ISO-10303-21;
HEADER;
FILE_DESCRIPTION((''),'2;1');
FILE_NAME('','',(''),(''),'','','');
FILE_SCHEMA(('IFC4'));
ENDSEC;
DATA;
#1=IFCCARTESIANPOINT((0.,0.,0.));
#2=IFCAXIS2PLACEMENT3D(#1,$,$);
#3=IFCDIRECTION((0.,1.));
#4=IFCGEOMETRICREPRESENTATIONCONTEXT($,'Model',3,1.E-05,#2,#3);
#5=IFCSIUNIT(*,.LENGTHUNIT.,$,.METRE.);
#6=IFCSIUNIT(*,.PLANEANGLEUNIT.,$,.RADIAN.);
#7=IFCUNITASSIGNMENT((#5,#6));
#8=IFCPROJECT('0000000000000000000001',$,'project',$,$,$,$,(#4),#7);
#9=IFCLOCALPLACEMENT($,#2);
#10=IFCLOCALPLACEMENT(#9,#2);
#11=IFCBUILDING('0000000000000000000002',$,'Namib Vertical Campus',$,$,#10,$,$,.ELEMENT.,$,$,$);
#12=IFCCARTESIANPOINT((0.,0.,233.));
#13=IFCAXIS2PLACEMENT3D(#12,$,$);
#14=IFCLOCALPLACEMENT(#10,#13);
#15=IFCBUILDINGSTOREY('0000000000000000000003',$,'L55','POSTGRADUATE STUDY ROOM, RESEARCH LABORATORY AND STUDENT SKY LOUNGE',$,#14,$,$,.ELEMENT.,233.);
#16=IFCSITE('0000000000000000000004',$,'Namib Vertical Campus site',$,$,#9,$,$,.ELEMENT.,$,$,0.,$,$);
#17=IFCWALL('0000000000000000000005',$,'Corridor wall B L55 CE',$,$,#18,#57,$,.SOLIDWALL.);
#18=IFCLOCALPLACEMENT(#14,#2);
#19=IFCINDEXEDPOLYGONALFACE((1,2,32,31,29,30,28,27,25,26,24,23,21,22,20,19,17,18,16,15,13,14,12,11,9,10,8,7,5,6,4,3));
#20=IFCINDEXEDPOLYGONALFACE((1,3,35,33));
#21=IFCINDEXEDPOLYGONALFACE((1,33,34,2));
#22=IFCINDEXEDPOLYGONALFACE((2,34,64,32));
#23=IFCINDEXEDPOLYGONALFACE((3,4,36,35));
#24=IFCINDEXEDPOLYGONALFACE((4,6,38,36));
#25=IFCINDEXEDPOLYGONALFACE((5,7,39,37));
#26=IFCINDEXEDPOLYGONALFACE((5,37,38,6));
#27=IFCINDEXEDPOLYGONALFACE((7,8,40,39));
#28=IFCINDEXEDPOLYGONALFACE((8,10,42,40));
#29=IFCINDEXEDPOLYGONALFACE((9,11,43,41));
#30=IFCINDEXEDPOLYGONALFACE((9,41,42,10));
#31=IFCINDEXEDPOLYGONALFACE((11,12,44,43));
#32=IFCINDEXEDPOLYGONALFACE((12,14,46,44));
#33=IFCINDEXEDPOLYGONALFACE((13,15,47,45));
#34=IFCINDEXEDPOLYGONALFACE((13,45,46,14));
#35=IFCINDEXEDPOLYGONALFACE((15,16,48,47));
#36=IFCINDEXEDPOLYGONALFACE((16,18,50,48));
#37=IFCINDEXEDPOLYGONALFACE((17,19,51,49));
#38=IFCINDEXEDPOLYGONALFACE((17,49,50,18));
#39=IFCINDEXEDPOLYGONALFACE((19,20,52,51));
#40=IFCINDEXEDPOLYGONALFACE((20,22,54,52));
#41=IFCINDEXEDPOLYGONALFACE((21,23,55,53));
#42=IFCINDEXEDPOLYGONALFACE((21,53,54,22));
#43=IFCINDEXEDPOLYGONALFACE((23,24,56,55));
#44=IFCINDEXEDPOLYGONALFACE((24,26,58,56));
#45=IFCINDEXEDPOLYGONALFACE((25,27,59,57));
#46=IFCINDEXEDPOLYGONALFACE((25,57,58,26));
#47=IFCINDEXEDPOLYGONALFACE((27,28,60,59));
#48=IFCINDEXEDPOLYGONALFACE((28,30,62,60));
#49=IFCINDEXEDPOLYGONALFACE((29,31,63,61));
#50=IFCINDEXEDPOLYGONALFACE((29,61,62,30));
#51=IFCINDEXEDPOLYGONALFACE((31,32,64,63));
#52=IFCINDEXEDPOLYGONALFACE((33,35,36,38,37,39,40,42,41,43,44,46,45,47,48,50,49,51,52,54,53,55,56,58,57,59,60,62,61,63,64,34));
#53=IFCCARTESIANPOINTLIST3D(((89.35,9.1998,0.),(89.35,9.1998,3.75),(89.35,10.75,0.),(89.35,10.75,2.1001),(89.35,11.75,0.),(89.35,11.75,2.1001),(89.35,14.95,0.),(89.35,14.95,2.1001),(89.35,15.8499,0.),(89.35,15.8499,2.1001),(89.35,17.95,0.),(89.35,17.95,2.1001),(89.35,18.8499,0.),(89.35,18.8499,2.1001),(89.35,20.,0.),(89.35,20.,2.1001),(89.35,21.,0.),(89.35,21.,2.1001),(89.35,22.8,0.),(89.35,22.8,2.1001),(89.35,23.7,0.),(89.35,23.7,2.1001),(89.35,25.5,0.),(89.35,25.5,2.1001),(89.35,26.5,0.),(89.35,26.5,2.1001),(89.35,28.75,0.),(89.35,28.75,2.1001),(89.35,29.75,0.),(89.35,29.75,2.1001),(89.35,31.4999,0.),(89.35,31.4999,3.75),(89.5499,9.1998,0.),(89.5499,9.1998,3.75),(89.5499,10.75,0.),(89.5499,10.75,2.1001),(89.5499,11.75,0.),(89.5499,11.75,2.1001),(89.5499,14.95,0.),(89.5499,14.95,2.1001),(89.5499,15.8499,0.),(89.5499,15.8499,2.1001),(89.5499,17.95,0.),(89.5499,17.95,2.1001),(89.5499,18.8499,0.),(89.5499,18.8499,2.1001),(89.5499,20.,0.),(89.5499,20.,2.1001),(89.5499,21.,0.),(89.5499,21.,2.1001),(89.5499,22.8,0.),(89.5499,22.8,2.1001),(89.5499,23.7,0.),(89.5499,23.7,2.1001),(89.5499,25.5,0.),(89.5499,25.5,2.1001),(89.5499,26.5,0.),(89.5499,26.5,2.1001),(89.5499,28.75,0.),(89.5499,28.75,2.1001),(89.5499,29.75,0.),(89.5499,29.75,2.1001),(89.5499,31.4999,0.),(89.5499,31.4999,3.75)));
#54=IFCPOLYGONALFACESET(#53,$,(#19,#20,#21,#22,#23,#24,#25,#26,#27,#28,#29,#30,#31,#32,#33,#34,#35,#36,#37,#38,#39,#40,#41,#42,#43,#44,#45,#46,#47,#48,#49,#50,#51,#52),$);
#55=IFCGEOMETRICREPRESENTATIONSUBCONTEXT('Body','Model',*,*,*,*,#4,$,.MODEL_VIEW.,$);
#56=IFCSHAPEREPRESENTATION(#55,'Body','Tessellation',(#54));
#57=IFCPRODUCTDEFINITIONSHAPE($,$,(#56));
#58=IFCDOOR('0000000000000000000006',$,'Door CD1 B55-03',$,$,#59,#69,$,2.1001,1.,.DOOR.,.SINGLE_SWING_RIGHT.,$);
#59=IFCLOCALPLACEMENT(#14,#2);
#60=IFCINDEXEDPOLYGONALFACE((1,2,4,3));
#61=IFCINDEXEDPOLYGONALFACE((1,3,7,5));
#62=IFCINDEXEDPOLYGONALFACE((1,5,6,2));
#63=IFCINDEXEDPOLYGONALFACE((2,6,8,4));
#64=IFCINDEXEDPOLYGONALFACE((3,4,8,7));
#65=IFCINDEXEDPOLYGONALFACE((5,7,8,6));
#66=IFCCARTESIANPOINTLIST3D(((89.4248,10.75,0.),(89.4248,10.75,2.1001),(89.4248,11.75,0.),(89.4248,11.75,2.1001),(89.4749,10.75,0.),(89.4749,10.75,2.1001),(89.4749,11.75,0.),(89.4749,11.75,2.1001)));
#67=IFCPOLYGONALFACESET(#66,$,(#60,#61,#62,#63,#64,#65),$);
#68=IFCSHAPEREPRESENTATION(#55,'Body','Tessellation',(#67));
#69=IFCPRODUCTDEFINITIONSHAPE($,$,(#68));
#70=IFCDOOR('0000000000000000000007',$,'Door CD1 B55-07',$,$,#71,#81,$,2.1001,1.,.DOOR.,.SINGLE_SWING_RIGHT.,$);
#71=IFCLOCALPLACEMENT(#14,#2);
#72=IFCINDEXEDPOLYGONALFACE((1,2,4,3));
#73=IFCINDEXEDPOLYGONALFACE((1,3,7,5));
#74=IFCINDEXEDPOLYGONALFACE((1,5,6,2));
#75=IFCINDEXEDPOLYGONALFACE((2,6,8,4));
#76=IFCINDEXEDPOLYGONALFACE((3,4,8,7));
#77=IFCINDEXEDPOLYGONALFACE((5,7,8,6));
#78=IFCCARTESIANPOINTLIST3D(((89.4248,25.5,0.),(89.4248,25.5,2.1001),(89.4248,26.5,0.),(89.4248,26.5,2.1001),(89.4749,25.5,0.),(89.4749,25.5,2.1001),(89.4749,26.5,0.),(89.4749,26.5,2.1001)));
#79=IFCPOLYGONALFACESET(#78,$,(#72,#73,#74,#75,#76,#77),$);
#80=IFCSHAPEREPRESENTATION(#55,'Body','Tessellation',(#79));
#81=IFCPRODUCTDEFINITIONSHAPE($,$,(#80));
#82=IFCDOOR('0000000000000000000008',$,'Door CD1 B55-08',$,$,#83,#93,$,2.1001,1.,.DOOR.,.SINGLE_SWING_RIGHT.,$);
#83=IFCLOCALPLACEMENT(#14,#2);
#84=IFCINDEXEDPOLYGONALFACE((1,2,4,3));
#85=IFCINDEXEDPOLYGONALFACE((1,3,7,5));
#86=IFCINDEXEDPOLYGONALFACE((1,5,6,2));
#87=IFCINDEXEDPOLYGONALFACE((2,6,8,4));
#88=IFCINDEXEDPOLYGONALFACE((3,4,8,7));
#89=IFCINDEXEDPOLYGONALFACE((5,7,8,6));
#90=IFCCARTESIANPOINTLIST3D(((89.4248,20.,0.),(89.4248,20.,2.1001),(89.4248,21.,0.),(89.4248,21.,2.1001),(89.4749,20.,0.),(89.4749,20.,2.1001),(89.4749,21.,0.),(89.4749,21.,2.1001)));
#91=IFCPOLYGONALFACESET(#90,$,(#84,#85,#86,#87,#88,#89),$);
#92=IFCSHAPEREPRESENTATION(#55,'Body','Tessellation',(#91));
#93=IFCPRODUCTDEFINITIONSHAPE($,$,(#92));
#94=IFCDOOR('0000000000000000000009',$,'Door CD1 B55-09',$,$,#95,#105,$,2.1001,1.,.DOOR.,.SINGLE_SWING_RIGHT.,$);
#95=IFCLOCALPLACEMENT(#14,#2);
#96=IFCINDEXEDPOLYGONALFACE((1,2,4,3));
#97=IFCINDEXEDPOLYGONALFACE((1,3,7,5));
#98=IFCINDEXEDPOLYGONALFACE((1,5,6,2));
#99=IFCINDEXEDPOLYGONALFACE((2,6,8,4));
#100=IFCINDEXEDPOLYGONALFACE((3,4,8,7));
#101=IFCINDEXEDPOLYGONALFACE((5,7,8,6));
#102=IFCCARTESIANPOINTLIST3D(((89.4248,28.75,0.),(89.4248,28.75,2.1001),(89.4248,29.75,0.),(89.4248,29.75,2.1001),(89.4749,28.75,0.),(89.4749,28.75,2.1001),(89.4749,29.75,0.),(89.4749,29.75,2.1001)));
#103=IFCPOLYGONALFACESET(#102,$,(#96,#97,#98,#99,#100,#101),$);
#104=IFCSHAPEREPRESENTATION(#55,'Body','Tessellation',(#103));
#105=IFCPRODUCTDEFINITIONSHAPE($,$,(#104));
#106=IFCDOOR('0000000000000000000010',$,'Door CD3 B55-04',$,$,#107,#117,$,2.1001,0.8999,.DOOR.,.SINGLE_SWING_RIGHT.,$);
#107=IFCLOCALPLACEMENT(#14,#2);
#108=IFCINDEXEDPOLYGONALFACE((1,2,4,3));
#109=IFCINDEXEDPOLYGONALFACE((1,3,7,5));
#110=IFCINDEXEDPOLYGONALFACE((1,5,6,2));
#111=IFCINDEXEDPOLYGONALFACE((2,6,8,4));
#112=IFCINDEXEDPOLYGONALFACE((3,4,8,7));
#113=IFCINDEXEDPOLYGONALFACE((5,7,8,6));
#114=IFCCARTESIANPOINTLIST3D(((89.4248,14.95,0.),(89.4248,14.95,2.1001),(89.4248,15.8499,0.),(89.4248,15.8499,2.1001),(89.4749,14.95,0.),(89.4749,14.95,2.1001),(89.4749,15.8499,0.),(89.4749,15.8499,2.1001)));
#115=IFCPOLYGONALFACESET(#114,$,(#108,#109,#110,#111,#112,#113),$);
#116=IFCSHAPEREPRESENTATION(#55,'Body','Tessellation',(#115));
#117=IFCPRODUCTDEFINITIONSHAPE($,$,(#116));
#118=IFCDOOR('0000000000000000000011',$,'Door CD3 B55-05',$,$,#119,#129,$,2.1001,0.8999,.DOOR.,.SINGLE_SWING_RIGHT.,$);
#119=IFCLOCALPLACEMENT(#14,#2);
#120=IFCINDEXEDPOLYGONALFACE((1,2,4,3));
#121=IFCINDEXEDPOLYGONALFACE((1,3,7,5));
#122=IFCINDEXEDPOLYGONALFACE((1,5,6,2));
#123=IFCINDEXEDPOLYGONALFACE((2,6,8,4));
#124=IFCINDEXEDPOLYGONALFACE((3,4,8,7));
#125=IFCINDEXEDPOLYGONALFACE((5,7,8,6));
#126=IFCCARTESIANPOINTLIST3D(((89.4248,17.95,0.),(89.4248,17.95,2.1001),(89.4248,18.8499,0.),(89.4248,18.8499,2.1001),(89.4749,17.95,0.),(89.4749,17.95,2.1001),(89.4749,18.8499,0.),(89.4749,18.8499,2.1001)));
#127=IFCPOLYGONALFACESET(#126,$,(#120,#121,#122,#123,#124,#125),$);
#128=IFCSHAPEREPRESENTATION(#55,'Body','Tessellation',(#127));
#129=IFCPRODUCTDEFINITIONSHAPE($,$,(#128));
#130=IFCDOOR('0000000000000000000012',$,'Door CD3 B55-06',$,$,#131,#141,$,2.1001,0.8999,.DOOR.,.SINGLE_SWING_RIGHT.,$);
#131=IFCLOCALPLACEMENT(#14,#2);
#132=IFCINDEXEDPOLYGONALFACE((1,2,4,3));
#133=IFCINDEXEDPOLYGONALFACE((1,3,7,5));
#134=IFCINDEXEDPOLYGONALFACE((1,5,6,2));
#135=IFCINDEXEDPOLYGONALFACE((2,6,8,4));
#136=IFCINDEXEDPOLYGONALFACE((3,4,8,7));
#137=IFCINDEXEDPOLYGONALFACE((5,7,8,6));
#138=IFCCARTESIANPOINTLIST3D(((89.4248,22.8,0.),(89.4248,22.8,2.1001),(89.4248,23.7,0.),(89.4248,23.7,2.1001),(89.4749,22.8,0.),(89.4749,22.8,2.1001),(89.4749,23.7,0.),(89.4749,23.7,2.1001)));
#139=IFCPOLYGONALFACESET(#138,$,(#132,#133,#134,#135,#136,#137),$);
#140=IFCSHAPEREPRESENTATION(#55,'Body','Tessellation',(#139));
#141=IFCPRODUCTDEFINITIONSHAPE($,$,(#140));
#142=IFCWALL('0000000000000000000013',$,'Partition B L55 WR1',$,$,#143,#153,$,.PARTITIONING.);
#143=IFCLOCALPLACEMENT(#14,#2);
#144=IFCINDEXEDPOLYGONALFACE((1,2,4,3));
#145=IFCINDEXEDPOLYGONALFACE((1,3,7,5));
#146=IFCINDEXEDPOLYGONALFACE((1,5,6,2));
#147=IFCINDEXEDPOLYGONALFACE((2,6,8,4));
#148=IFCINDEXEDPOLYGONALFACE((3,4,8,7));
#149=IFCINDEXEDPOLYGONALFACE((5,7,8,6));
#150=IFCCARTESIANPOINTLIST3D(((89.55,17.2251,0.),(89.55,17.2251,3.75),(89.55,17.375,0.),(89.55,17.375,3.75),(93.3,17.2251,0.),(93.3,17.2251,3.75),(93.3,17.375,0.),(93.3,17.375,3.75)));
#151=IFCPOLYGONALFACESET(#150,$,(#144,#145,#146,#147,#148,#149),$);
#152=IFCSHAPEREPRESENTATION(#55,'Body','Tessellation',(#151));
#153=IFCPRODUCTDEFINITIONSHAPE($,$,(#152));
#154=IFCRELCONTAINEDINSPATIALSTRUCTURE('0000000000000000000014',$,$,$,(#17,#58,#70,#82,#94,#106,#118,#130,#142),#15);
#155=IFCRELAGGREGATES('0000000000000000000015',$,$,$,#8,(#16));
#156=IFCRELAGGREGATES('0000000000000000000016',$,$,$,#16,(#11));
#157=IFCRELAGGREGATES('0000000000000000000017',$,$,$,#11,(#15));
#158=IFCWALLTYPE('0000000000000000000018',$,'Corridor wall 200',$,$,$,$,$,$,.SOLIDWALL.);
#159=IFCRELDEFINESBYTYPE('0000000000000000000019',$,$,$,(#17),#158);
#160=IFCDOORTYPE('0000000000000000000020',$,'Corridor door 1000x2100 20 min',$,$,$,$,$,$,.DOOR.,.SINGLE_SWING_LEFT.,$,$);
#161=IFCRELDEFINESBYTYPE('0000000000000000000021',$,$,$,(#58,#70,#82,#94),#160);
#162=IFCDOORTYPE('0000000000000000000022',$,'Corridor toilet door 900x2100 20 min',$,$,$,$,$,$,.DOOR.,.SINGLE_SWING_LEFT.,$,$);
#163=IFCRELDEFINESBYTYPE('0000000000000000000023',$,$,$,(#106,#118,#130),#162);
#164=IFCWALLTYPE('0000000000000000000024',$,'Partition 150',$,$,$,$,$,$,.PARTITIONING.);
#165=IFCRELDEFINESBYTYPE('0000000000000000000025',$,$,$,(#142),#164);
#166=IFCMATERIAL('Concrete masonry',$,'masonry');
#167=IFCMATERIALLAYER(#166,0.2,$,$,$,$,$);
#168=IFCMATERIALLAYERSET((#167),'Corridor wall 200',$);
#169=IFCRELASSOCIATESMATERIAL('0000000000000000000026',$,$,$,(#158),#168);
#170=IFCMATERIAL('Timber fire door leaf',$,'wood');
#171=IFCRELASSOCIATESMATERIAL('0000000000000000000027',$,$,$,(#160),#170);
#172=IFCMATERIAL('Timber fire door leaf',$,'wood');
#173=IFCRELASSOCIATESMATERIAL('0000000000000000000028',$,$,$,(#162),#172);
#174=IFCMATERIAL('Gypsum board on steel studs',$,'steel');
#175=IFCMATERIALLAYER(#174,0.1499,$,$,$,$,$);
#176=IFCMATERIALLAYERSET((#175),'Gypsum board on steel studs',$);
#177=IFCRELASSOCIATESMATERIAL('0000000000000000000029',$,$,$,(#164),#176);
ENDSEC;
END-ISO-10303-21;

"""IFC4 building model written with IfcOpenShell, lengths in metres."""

from ifc_helpers import new_model, si_unit, direction, frame, frame_2d, origin, place, context, subcontext, project, spatial, rectangle, extrude, material, layer, layer_set, type_object, element, fill, save


model = new_model("IFC4")

# Units and contexts
model_context = context("Model", 3, precision=1e-05, world=origin(), true_north=direction((0.0, 1.0)))
body_context = subcontext(model_context, "Body", "Model", "MODEL_VIEW")
ifc_project = project(units=[si_unit("LENGTHUNIT", "METRE"), si_unit("PLANEANGLEUNIT", "RADIAN")], contexts=[model_context])

# Site, building, storey
site_placement = place(None, origin())
site = spatial("IfcSite", under=ifc_project, at=site_placement, Name="Namib Vertical Campus site", CompositionType="ELEMENT", RefElevation=0.0)
building_placement = place(site_placement, origin())
building = spatial("IfcBuilding", under=site, at=building_placement, Name="Namib Vertical Campus", CompositionType="ELEMENT")
storey_placement = place(building_placement, frame((0.0, 0.0, 233.0)))
storey = spatial("IfcBuildingStorey", under=building, at=storey_placement, Name="L55", Description="POSTGRADUATE STUDY ROOM, RESEARCH LABORATORY AND STUDENT SKY LOUNGE", CompositionType="ELEMENT", Elevation=233.0)

# Wall, openings, doors
ifc_material_1 = material(Name="Concrete masonry", Category="masonry")
ifc_layer_1 = layer(ifc_material_1, 0.2)
ifc_layer_set_1 = layer_set([ifc_layer_1], Name="Corridor wall 200")
wall_type_1 = type_object("IfcWallType", Name="Corridor wall 200", PredefinedType="SOLIDWALL", material=ifc_layer_set_1)
wall_1_placement = place(storey_placement, frame((89.45, 9.2, 0.0), z_axis=(0.0, 0.0, 1.0), x_axis=(0.0, 1.0, 0.0)))
wall_1 = element("IfcWall", 1, at=wall_1_placement, inside=storey, type_object=wall_type_1, Name="Corridor wall B L55 CE", PredefinedType="SOLIDWALL", context=body_context, shape_type="SweptSolid", body=[
    extrude(rectangle(XDim=22.3, YDim=0.2, at=frame_2d((11.1499, 0.0))), origin(), (0.0, 0.0, 1.0), 3.75),
])
opening_1_placement = place(wall_1_placement, frame((1.55, 0.0, 0.0)))
opening_1 = element("IfcOpeningElement", 2, at=opening_1_placement, cuts=wall_1, PredefinedType="OPENING", context=body_context, shape_type="SweptSolid", body=[
    extrude(rectangle(XDim=1.0, YDim=2.1001, at=frame_2d((0.5, 1.05))), frame((0.0, 0.1099, 0.0), z_axis=(0.0, -1.0, 0.0), x_axis=(1.0, 0.0, 0.0)), (0.0, 0.0, 1.0), 0.22),
])
opening_2_placement = place(wall_1_placement, frame((5.75, 0.0, 0.0)))
opening_2 = element("IfcOpeningElement", 3, at=opening_2_placement, cuts=wall_1, PredefinedType="OPENING", context=body_context, shape_type="SweptSolid", body=[
    extrude(rectangle(XDim=0.8999, YDim=2.1001, at=frame_2d((0.45, 1.05))), frame((0.0, 0.1099, 0.0), z_axis=(0.0, -1.0, 0.0), x_axis=(1.0, 0.0, 0.0)), (0.0, 0.0, 1.0), 0.22),
])
opening_3_placement = place(wall_1_placement, frame((8.75, 0.0, 0.0)))
opening_3 = element("IfcOpeningElement", 4, at=opening_3_placement, cuts=wall_1, PredefinedType="OPENING", context=body_context, shape_type="SweptSolid", body=[
    extrude(rectangle(XDim=0.8999, YDim=2.1001, at=frame_2d((0.45, 1.05))), frame((0.0, 0.1099, 0.0), z_axis=(0.0, -1.0, 0.0), x_axis=(1.0, 0.0, 0.0)), (0.0, 0.0, 1.0), 0.22),
])
opening_4_placement = place(wall_1_placement, frame((13.6001, 0.0, 0.0)))
opening_4 = element("IfcOpeningElement", 5, at=opening_4_placement, cuts=wall_1, PredefinedType="OPENING", context=body_context, shape_type="SweptSolid", body=[
    extrude(rectangle(XDim=0.8999, YDim=2.1001, at=frame_2d((0.45, 1.05))), frame((0.0, 0.1099, 0.0), z_axis=(0.0, -1.0, 0.0), x_axis=(1.0, 0.0, 0.0)), (0.0, 0.0, 1.0), 0.22),
])
opening_5_placement = place(wall_1_placement, frame((16.3, 0.0, 0.0)))
opening_5 = element("IfcOpeningElement", 6, at=opening_5_placement, cuts=wall_1, PredefinedType="OPENING", context=body_context, shape_type="SweptSolid", body=[
    extrude(rectangle(XDim=1.0, YDim=2.1001, at=frame_2d((0.5, 1.05))), frame((0.0, 0.1099, 0.0), z_axis=(0.0, -1.0, 0.0), x_axis=(1.0, 0.0, 0.0)), (0.0, 0.0, 1.0), 0.22),
])
opening_6_placement = place(wall_1_placement, frame((10.8, 0.0, 0.0)))
opening_6 = element("IfcOpeningElement", 7, at=opening_6_placement, cuts=wall_1, PredefinedType="OPENING", context=body_context, shape_type="SweptSolid", body=[
    extrude(rectangle(XDim=1.0, YDim=2.1001, at=frame_2d((0.5, 1.05))), frame((0.0, 0.1099, 0.0), z_axis=(0.0, -1.0, 0.0), x_axis=(1.0, 0.0, 0.0)), (0.0, 0.0, 1.0), 0.22),
])
opening_7_placement = place(wall_1_placement, frame((19.55, 0.0, 0.0)))
opening_7 = element("IfcOpeningElement", 8, at=opening_7_placement, cuts=wall_1, PredefinedType="OPENING", context=body_context, shape_type="SweptSolid", body=[
    extrude(rectangle(XDim=1.0, YDim=2.1001, at=frame_2d((0.5, 1.05))), frame((0.0, 0.1099, 0.0), z_axis=(0.0, -1.0, 0.0), x_axis=(1.0, 0.0, 0.0)), (0.0, 0.0, 1.0), 0.22),
])
ifc_material_2 = material(Name="Timber fire door leaf", Category="wood")
door_type_1 = type_object("IfcDoorType", Name="Corridor door 1000x2100 20 min", OperationType="SINGLE_SWING_LEFT", PredefinedType="DOOR", material=ifc_material_2)
door_1_placement = place(opening_1_placement, frame((1.0, 0.0, 0.0), z_axis=(0.0, 0.0, 1.0), x_axis=(-1.0, 0.0, 0.0)))
door_1 = element("IfcDoor", 9, at=door_1_placement, inside=storey, type_object=door_type_1, Name="Door CD1 B55-03", OperationType="SINGLE_SWING_RIGHT", OverallHeight=2.1001, OverallWidth=1.0, PredefinedType="DOOR", context=body_context, shape_type="SweptSolid", body=[
    extrude(rectangle(XDim=1.0, YDim=2.1001, at=frame_2d((0.5, 1.05))), frame((0.0, 0.0249, 0.0), z_axis=(0.0, -1.0, 0.0), x_axis=(1.0, 0.0, 0.0)), (0.0, 0.0, 1.0), 0.05),
])
fill(opening_1, door_1)
door_2_placement = place(opening_5_placement, frame((1.0, 0.0, 0.0), z_axis=(0.0, 0.0, 1.0), x_axis=(-1.0, 0.0, 0.0)))
door_2 = element("IfcDoor", 10, at=door_2_placement, inside=storey, type_object=door_type_1, Name="Door CD1 B55-07", OperationType="SINGLE_SWING_RIGHT", OverallHeight=2.1001, OverallWidth=1.0, PredefinedType="DOOR", context=body_context, shape_type="SweptSolid", body=[
    extrude(rectangle(XDim=1.0, YDim=2.1001, at=frame_2d((0.5, 1.05))), frame((0.0, 0.0249, 0.0), z_axis=(0.0, -1.0, 0.0), x_axis=(1.0, 0.0, 0.0)), (0.0, 0.0, 1.0), 0.05),
])
fill(opening_5, door_2)
door_3_placement = place(opening_6_placement, frame((1.0, 0.0, 0.0), z_axis=(0.0, 0.0, 1.0), x_axis=(-1.0, 0.0, 0.0)))
door_3 = element("IfcDoor", 11, at=door_3_placement, inside=storey, type_object=door_type_1, Name="Door CD1 B55-08", OperationType="SINGLE_SWING_RIGHT", OverallHeight=2.1001, OverallWidth=1.0, PredefinedType="DOOR", context=body_context, shape_type="SweptSolid", body=[
    extrude(rectangle(XDim=1.0, YDim=2.1001, at=frame_2d((0.5, 1.05))), frame((0.0, 0.0249, 0.0), z_axis=(0.0, -1.0, 0.0), x_axis=(1.0, 0.0, 0.0)), (0.0, 0.0, 1.0), 0.05),
])
fill(opening_6, door_3)
door_4_placement = place(opening_7_placement, frame((1.0, 0.0, 0.0), z_axis=(0.0, 0.0, 1.0), x_axis=(-1.0, 0.0, 0.0)))
door_4 = element("IfcDoor", 12, at=door_4_placement, inside=storey, type_object=door_type_1, Name="Door CD1 B55-09", OperationType="SINGLE_SWING_RIGHT", OverallHeight=2.1001, OverallWidth=1.0, PredefinedType="DOOR", context=body_context, shape_type="SweptSolid", body=[
    extrude(rectangle(XDim=1.0, YDim=2.1001, at=frame_2d((0.5, 1.05))), frame((0.0, 0.0249, 0.0), z_axis=(0.0, -1.0, 0.0), x_axis=(1.0, 0.0, 0.0)), (0.0, 0.0, 1.0), 0.05),
])
fill(opening_7, door_4)
ifc_material_3 = material(Name="Timber fire door leaf", Category="wood")
door_type_2 = type_object("IfcDoorType", Name="Corridor toilet door 900x2100 20 min", OperationType="SINGLE_SWING_LEFT", PredefinedType="DOOR", material=ifc_material_3)
door_5_placement = place(opening_2_placement, frame((0.8999, 0.0, 0.0), z_axis=(0.0, 0.0, 1.0), x_axis=(-1.0, 0.0, 0.0)))
door_5 = element("IfcDoor", 13, at=door_5_placement, inside=storey, type_object=door_type_2, Name="Door CD3 B55-04", OperationType="SINGLE_SWING_RIGHT", OverallHeight=2.1001, OverallWidth=0.8999, PredefinedType="DOOR", context=body_context, shape_type="SweptSolid", body=[
    extrude(rectangle(XDim=0.8999, YDim=2.1001, at=frame_2d((0.45, 1.05))), frame((0.0, 0.0249, 0.0), z_axis=(0.0, -1.0, 0.0), x_axis=(1.0, 0.0, 0.0)), (0.0, 0.0, 1.0), 0.05),
])
fill(opening_2, door_5)
door_6_placement = place(opening_3_placement, frame((0.8999, 0.0, 0.0), z_axis=(0.0, 0.0, 1.0), x_axis=(-1.0, 0.0, 0.0)))
door_6 = element("IfcDoor", 14, at=door_6_placement, inside=storey, type_object=door_type_2, Name="Door CD3 B55-05", OperationType="SINGLE_SWING_RIGHT", OverallHeight=2.1001, OverallWidth=0.8999, PredefinedType="DOOR", context=body_context, shape_type="SweptSolid", body=[
    extrude(rectangle(XDim=0.8999, YDim=2.1001, at=frame_2d((0.45, 1.05))), frame((0.0, 0.0249, 0.0), z_axis=(0.0, -1.0, 0.0), x_axis=(1.0, 0.0, 0.0)), (0.0, 0.0, 1.0), 0.05),
])
fill(opening_3, door_6)
door_7_placement = place(opening_4_placement, frame((0.8999, 0.0, 0.0), z_axis=(0.0, 0.0, 1.0), x_axis=(-1.0, 0.0, 0.0)))
door_7 = element("IfcDoor", 15, at=door_7_placement, inside=storey, type_object=door_type_2, Name="Door CD3 B55-06", OperationType="SINGLE_SWING_RIGHT", OverallHeight=2.1001, OverallWidth=0.8999, PredefinedType="DOOR", context=body_context, shape_type="SweptSolid", body=[
    extrude(rectangle(XDim=0.8999, YDim=2.1001, at=frame_2d((0.45, 1.05))), frame((0.0, 0.0249, 0.0), z_axis=(0.0, -1.0, 0.0), x_axis=(1.0, 0.0, 0.0)), (0.0, 0.0, 1.0), 0.05),
])
fill(opening_4, door_7)

# Wall
ifc_material_4 = material(Name="Gypsum board on steel studs", Category="steel")
ifc_layer_2 = layer(ifc_material_4, 0.1499)
ifc_layer_set_2 = layer_set([ifc_layer_2], Name="Gypsum board on steel studs")
wall_type_2 = type_object("IfcWallType", Name="Partition 150", PredefinedType="PARTITIONING", material=ifc_layer_set_2)
wall_2_placement = place(storey_placement, frame((89.55, 17.3, 0.0), z_axis=(0.0, 0.0, 1.0), x_axis=(1.0, 0.0, 0.0)))
element("IfcWall", 16, at=wall_2_placement, inside=storey, type_object=wall_type_2, Name="Partition B L55 WR1", PredefinedType="PARTITIONING", context=body_context, shape_type="SweptSolid", body=[
    extrude(rectangle(XDim=3.75, YDim=0.1499, at=frame_2d((1.875, 0.0))), origin(), (0.0, 0.0, 1.0), 3.75),
])

save(model, "model.ifc")
